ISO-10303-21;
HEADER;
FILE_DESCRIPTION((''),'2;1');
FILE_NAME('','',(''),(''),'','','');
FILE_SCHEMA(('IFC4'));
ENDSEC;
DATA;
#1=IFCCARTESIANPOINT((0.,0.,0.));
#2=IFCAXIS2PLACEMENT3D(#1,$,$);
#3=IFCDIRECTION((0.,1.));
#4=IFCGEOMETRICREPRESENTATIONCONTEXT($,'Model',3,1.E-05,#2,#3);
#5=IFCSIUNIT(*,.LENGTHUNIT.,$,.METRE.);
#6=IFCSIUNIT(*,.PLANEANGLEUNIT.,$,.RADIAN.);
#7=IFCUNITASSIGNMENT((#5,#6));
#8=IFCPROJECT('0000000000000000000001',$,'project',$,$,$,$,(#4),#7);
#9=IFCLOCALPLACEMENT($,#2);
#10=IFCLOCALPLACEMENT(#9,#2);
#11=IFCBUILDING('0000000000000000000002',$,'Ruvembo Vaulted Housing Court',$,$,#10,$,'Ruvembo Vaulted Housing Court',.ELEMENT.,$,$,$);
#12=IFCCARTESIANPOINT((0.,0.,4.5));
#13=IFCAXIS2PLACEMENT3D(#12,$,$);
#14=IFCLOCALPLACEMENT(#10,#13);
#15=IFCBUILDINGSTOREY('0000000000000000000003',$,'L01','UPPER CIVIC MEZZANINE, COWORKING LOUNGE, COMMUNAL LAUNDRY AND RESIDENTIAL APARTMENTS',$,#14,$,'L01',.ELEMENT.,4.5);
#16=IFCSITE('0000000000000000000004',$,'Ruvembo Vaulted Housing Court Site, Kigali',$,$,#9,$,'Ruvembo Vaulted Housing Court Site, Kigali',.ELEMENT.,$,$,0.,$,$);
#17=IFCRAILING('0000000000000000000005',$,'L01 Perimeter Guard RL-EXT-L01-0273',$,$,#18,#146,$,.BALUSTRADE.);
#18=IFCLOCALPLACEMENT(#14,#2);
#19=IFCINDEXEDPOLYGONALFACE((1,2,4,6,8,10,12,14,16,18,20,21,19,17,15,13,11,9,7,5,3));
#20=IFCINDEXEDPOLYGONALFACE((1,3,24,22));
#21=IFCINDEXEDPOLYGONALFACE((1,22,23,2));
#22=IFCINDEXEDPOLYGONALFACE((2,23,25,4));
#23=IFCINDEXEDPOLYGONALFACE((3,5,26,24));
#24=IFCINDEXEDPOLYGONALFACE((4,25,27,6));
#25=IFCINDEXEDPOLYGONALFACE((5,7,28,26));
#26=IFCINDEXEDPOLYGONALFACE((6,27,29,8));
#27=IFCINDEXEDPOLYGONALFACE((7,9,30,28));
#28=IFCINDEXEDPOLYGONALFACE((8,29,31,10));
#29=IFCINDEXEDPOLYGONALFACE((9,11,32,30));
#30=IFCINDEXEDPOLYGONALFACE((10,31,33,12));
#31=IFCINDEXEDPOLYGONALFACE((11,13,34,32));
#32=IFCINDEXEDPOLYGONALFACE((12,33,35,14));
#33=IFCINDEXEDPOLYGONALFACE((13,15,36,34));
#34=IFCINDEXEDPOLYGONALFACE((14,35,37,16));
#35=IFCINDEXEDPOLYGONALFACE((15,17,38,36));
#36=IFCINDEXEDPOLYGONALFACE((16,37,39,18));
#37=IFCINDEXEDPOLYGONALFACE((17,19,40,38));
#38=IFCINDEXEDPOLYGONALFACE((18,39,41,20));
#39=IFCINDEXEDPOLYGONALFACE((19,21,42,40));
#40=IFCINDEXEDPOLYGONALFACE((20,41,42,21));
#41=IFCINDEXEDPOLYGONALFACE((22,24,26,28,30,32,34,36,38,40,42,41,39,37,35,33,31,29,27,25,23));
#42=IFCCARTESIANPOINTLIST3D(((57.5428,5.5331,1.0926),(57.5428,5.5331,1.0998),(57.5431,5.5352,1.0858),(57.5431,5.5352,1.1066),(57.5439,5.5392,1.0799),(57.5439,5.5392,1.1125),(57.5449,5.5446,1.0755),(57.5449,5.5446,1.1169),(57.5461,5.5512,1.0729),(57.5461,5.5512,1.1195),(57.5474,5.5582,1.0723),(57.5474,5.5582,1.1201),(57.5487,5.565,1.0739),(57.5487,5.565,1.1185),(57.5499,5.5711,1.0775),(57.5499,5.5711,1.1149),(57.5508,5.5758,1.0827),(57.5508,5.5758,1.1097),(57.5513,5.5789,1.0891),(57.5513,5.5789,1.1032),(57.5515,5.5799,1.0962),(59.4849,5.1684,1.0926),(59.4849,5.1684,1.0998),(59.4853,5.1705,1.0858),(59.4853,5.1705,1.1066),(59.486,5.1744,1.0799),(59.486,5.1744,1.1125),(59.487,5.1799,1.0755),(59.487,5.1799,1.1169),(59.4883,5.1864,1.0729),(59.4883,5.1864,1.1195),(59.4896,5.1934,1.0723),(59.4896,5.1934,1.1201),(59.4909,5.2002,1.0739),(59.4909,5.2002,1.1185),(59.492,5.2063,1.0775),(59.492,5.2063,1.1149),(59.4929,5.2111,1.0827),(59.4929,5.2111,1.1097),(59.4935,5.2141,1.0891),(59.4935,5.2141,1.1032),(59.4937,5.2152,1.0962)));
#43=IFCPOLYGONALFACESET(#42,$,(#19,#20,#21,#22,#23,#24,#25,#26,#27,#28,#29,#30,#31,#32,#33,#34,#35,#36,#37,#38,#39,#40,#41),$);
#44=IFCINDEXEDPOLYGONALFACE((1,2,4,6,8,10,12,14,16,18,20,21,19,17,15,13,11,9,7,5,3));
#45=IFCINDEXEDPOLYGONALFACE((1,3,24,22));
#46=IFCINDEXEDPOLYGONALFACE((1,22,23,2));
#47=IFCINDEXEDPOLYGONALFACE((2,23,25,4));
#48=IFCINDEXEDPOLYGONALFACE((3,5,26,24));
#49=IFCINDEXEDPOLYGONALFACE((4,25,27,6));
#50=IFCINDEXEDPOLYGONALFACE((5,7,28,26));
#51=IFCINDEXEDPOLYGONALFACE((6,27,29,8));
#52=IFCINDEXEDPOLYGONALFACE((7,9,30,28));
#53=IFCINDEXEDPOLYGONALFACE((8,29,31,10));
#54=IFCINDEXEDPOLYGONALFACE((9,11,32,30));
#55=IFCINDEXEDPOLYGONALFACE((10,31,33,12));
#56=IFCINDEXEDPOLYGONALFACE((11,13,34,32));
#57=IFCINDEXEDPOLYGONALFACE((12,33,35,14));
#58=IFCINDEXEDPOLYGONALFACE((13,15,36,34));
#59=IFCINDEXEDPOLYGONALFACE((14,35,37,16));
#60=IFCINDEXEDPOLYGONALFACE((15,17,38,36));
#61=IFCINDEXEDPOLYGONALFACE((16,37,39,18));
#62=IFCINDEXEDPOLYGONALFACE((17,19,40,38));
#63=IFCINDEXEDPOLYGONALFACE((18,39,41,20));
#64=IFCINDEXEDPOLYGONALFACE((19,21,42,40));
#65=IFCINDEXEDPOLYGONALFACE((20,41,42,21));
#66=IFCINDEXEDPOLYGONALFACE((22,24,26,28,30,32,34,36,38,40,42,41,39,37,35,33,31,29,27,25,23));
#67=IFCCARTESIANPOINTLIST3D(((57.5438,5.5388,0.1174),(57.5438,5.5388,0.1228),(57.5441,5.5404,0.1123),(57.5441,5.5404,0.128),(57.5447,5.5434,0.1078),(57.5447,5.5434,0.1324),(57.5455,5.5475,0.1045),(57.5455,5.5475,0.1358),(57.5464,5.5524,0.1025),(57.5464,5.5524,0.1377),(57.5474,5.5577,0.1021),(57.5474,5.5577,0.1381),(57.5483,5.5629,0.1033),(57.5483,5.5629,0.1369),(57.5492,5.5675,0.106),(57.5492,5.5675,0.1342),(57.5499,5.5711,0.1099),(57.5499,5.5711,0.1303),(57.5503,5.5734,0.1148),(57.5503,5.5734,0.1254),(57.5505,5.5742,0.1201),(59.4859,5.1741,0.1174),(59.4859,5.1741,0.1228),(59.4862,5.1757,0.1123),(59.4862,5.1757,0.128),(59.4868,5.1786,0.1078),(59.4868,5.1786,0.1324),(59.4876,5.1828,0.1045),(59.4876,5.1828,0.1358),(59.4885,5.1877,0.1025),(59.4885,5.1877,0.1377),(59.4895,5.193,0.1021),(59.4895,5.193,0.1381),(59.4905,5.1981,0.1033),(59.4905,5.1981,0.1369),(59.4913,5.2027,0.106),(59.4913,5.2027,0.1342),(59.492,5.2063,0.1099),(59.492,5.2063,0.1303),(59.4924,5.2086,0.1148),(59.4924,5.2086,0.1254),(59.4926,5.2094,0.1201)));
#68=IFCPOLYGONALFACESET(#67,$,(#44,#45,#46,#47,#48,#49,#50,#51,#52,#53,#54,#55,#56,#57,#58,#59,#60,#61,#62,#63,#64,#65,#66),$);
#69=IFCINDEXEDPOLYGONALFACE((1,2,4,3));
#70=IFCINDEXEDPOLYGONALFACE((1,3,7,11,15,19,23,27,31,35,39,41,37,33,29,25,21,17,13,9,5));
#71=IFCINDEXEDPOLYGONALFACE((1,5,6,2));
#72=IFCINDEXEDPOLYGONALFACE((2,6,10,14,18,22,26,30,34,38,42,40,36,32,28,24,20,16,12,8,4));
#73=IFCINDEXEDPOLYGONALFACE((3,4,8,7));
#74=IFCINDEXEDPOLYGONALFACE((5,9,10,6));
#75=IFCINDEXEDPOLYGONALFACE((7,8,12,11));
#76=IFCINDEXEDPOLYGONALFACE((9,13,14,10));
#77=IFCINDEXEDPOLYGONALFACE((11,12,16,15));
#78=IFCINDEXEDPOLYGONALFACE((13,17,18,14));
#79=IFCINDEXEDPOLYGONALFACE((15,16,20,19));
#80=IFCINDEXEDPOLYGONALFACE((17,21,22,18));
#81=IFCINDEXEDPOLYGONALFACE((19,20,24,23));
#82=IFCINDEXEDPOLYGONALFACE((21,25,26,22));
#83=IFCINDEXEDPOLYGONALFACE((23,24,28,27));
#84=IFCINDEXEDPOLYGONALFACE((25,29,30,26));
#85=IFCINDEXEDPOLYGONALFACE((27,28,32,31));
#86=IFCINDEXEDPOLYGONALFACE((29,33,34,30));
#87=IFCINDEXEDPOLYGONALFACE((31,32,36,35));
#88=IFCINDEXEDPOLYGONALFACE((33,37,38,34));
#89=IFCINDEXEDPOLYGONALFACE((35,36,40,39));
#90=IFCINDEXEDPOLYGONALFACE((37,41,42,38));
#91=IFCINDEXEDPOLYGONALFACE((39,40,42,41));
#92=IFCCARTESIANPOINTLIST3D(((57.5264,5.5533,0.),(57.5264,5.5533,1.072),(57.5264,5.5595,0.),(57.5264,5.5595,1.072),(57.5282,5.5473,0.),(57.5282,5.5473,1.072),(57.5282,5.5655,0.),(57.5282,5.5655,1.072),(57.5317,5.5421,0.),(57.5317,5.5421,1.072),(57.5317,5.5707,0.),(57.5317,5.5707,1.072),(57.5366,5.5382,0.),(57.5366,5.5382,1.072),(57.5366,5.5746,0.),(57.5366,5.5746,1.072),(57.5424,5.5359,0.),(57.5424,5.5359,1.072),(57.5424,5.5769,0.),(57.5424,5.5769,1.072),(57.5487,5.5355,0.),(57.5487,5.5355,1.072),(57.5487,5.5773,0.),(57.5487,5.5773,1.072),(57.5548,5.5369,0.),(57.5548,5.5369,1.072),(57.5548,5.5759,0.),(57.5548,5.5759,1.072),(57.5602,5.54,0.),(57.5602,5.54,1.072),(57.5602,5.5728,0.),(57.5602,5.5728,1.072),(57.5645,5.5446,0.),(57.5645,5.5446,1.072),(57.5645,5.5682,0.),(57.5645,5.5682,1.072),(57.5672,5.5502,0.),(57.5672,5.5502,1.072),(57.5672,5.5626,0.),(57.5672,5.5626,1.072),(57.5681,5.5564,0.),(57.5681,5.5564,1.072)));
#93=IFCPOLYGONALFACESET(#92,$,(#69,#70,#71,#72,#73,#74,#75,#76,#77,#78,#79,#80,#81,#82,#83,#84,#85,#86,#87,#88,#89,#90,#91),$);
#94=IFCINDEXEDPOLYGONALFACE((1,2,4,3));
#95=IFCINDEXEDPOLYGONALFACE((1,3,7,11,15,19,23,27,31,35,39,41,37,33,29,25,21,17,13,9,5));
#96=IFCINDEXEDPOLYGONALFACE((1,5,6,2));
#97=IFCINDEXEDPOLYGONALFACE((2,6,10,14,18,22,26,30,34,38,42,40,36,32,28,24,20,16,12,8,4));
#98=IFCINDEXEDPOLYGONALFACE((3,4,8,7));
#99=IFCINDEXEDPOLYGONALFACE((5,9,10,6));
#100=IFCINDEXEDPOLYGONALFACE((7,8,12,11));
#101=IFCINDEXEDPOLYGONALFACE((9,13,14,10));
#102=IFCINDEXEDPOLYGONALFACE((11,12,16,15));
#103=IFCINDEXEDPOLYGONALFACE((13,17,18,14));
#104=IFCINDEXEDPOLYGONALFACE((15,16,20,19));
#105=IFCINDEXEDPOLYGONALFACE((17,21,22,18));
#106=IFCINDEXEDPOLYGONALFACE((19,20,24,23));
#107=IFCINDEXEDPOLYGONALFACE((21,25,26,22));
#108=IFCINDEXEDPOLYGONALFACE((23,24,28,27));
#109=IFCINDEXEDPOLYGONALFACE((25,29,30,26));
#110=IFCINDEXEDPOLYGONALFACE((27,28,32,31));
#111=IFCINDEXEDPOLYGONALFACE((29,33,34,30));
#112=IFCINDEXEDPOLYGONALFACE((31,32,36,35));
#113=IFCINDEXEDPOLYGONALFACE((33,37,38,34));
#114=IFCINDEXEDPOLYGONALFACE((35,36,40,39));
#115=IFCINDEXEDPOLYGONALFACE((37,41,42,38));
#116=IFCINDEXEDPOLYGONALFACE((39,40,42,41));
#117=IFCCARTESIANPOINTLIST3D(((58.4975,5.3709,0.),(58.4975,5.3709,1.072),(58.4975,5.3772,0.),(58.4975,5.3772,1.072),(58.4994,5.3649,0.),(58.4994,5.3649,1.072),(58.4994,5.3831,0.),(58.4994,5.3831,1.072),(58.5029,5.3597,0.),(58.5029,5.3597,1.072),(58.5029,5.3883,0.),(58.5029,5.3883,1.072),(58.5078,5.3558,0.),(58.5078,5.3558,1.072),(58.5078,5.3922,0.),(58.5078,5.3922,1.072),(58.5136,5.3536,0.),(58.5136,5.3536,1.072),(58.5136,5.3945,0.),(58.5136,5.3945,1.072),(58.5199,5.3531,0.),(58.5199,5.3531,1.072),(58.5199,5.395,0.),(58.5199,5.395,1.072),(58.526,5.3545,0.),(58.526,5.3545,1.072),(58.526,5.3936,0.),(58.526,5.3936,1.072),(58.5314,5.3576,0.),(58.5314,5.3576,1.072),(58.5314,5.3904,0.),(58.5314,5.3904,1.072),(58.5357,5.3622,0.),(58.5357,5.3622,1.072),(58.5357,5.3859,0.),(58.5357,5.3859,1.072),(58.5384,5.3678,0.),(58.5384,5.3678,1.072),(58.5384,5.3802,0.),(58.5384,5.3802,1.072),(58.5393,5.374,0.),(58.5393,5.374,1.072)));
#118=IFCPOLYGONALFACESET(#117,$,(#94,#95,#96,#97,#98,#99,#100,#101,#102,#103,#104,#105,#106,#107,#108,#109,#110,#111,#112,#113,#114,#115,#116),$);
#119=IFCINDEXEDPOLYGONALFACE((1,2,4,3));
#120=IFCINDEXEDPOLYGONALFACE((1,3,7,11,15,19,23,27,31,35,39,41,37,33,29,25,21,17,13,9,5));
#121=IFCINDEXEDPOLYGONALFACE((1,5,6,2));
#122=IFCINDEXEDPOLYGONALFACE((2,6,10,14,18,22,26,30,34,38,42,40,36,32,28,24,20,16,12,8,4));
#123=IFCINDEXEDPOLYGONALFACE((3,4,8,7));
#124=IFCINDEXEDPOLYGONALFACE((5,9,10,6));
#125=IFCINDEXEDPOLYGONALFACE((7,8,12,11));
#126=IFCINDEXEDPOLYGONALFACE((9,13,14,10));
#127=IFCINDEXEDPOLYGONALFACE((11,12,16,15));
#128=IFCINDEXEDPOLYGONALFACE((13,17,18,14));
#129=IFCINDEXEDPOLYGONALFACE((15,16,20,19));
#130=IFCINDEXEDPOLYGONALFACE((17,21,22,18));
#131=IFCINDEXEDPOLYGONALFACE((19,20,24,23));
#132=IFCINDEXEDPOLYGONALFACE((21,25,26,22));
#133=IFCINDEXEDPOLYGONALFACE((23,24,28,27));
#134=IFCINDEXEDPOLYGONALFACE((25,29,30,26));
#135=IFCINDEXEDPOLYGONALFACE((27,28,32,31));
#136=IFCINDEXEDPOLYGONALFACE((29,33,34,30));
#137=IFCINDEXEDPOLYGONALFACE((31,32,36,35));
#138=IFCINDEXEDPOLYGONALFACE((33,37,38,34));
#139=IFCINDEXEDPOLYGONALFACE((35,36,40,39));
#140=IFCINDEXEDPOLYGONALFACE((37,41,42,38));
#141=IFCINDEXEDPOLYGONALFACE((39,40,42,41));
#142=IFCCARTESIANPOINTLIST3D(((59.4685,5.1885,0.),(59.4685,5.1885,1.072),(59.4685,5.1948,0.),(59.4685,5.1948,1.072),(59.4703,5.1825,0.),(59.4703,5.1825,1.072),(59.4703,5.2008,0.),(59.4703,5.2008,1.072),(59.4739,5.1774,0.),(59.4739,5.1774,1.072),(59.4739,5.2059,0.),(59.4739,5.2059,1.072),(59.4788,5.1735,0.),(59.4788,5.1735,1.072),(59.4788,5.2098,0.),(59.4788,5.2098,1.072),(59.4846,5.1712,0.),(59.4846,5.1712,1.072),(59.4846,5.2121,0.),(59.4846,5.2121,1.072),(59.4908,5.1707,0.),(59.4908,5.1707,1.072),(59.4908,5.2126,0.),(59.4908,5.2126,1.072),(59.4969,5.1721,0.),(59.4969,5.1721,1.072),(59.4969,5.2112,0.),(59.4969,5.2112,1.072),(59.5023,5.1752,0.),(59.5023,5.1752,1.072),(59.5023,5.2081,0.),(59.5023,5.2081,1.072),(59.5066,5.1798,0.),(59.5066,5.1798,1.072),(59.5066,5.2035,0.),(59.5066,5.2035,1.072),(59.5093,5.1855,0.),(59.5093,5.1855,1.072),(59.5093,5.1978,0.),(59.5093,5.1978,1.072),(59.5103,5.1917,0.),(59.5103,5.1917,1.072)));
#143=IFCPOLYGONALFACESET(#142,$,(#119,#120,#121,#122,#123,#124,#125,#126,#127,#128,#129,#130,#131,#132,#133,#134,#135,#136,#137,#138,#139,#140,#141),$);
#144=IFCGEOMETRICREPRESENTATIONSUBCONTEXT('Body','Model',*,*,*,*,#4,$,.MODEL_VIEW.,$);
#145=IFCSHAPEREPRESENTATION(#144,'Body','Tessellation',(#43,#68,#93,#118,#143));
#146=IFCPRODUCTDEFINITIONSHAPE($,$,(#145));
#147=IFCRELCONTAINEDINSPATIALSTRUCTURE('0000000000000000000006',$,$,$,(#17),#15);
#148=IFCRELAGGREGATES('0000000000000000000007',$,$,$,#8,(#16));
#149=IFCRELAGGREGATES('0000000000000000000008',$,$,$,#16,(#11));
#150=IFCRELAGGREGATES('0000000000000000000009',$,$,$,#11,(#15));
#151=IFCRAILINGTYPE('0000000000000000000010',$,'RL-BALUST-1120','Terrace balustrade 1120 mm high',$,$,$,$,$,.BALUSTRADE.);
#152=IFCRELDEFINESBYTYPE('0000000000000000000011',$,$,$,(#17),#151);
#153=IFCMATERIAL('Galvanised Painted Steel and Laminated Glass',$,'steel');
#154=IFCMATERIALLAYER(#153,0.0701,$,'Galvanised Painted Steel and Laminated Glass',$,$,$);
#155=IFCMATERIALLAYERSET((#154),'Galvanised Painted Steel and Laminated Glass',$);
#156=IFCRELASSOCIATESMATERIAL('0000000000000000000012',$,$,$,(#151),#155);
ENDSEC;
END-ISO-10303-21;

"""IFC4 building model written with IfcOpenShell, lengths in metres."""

from ifc_helpers import new_model, si_unit, direction, frame, origin, origin_2d, place, context, subcontext, project, spatial, circle, extrude, material, layer, layer_set, type_object, element, save


model = new_model("IFC4")

# Units and contexts
model_context = context("Model", 3, precision=1e-05, world=origin(), true_north=direction((0.0, 1.0)))
body_context = subcontext(model_context, "Body", "Model", "MODEL_VIEW")
ifc_project = project(units=[si_unit("LENGTHUNIT", "METRE"), si_unit("PLANEANGLEUNIT", "RADIAN")], contexts=[model_context])

# Site, building, storey
site_placement = place(None, origin())
site = spatial("IfcSite", under=ifc_project, at=site_placement, Name="Ruvembo Vaulted Housing Court Site, Kigali", LongName="Ruvembo Vaulted Housing Court Site, Kigali", CompositionType="ELEMENT", RefElevation=0.0)
building_placement = place(site_placement, origin())
building = spatial("IfcBuilding", under=site, at=building_placement, Name="Ruvembo Vaulted Housing Court", LongName="Ruvembo Vaulted Housing Court", CompositionType="ELEMENT")
storey_placement = place(building_placement, frame((0.0, 0.0, 4.5)))
storey = spatial("IfcBuildingStorey", under=building, at=storey_placement, Name="L01", Description="UPPER CIVIC MEZZANINE, COWORKING LOUNGE, COMMUNAL LAUNDRY AND RESIDENTIAL APARTMENTS", LongName="L01", CompositionType="ELEMENT", Elevation=4.5)

# Railing
ifc_material_1 = material(Name="Galvanised Painted Steel and Laminated Glass", Category="steel")
ifc_layer_1 = layer(ifc_material_1, 0.0701, Name="Galvanised Painted Steel and Laminated Glass")
ifc_layer_set_1 = layer_set([ifc_layer_1], Name="Galvanised Painted Steel and Laminated Glass")
railing_type = type_object("IfcRailingType", Name="RL-BALUST-1120", Description="Terrace balustrade 1120 mm high", PredefinedType="BALUSTRADE", material=ifc_layer_set_1)
railing_1_placement = place(storey_placement, frame((57.5471, 5.5564, 0.0)))
element("IfcRailing", 1, at=railing_1_placement, inside=storey, type_object=railing_type, Name="L01 Perimeter Guard RL-EXT-L01-0273", PredefinedType="BALUSTRADE", context=body_context, shape_type="SweptSolid", body=[
    extrude(circle(Radius=0.0239, at=origin_2d()), frame((0.0, 0.0, 1.0962), z_axis=(0.982818, -0.184579, 0.0), x_axis=(0.184579, 0.982818, 0.0)), (0.0, 0.0, 1.0), 1.9761),
    extrude(circle(Radius=0.0181, at=origin_2d()), frame((0.0, 0.0, 0.1201), z_axis=(0.982818, -0.184579, 0.0), x_axis=(0.184579, 0.982818, 0.0)), (0.0, 0.0, 1.0), 1.9761),
    extrude(circle(Radius=0.021, at=origin_2d()), origin(), (0.0, 0.0, 1.0), 1.072),
    extrude(circle(Radius=0.021, at=origin_2d()), frame((0.9712, -0.1824, 0.0)), (0.0, 0.0, 1.0), 1.072),
    extrude(circle(Radius=0.021, at=origin_2d()), frame((1.9421, -0.3647, 0.0)), (0.0, 0.0, 1.0), 1.072),
])

save(model, "model.ifc")
